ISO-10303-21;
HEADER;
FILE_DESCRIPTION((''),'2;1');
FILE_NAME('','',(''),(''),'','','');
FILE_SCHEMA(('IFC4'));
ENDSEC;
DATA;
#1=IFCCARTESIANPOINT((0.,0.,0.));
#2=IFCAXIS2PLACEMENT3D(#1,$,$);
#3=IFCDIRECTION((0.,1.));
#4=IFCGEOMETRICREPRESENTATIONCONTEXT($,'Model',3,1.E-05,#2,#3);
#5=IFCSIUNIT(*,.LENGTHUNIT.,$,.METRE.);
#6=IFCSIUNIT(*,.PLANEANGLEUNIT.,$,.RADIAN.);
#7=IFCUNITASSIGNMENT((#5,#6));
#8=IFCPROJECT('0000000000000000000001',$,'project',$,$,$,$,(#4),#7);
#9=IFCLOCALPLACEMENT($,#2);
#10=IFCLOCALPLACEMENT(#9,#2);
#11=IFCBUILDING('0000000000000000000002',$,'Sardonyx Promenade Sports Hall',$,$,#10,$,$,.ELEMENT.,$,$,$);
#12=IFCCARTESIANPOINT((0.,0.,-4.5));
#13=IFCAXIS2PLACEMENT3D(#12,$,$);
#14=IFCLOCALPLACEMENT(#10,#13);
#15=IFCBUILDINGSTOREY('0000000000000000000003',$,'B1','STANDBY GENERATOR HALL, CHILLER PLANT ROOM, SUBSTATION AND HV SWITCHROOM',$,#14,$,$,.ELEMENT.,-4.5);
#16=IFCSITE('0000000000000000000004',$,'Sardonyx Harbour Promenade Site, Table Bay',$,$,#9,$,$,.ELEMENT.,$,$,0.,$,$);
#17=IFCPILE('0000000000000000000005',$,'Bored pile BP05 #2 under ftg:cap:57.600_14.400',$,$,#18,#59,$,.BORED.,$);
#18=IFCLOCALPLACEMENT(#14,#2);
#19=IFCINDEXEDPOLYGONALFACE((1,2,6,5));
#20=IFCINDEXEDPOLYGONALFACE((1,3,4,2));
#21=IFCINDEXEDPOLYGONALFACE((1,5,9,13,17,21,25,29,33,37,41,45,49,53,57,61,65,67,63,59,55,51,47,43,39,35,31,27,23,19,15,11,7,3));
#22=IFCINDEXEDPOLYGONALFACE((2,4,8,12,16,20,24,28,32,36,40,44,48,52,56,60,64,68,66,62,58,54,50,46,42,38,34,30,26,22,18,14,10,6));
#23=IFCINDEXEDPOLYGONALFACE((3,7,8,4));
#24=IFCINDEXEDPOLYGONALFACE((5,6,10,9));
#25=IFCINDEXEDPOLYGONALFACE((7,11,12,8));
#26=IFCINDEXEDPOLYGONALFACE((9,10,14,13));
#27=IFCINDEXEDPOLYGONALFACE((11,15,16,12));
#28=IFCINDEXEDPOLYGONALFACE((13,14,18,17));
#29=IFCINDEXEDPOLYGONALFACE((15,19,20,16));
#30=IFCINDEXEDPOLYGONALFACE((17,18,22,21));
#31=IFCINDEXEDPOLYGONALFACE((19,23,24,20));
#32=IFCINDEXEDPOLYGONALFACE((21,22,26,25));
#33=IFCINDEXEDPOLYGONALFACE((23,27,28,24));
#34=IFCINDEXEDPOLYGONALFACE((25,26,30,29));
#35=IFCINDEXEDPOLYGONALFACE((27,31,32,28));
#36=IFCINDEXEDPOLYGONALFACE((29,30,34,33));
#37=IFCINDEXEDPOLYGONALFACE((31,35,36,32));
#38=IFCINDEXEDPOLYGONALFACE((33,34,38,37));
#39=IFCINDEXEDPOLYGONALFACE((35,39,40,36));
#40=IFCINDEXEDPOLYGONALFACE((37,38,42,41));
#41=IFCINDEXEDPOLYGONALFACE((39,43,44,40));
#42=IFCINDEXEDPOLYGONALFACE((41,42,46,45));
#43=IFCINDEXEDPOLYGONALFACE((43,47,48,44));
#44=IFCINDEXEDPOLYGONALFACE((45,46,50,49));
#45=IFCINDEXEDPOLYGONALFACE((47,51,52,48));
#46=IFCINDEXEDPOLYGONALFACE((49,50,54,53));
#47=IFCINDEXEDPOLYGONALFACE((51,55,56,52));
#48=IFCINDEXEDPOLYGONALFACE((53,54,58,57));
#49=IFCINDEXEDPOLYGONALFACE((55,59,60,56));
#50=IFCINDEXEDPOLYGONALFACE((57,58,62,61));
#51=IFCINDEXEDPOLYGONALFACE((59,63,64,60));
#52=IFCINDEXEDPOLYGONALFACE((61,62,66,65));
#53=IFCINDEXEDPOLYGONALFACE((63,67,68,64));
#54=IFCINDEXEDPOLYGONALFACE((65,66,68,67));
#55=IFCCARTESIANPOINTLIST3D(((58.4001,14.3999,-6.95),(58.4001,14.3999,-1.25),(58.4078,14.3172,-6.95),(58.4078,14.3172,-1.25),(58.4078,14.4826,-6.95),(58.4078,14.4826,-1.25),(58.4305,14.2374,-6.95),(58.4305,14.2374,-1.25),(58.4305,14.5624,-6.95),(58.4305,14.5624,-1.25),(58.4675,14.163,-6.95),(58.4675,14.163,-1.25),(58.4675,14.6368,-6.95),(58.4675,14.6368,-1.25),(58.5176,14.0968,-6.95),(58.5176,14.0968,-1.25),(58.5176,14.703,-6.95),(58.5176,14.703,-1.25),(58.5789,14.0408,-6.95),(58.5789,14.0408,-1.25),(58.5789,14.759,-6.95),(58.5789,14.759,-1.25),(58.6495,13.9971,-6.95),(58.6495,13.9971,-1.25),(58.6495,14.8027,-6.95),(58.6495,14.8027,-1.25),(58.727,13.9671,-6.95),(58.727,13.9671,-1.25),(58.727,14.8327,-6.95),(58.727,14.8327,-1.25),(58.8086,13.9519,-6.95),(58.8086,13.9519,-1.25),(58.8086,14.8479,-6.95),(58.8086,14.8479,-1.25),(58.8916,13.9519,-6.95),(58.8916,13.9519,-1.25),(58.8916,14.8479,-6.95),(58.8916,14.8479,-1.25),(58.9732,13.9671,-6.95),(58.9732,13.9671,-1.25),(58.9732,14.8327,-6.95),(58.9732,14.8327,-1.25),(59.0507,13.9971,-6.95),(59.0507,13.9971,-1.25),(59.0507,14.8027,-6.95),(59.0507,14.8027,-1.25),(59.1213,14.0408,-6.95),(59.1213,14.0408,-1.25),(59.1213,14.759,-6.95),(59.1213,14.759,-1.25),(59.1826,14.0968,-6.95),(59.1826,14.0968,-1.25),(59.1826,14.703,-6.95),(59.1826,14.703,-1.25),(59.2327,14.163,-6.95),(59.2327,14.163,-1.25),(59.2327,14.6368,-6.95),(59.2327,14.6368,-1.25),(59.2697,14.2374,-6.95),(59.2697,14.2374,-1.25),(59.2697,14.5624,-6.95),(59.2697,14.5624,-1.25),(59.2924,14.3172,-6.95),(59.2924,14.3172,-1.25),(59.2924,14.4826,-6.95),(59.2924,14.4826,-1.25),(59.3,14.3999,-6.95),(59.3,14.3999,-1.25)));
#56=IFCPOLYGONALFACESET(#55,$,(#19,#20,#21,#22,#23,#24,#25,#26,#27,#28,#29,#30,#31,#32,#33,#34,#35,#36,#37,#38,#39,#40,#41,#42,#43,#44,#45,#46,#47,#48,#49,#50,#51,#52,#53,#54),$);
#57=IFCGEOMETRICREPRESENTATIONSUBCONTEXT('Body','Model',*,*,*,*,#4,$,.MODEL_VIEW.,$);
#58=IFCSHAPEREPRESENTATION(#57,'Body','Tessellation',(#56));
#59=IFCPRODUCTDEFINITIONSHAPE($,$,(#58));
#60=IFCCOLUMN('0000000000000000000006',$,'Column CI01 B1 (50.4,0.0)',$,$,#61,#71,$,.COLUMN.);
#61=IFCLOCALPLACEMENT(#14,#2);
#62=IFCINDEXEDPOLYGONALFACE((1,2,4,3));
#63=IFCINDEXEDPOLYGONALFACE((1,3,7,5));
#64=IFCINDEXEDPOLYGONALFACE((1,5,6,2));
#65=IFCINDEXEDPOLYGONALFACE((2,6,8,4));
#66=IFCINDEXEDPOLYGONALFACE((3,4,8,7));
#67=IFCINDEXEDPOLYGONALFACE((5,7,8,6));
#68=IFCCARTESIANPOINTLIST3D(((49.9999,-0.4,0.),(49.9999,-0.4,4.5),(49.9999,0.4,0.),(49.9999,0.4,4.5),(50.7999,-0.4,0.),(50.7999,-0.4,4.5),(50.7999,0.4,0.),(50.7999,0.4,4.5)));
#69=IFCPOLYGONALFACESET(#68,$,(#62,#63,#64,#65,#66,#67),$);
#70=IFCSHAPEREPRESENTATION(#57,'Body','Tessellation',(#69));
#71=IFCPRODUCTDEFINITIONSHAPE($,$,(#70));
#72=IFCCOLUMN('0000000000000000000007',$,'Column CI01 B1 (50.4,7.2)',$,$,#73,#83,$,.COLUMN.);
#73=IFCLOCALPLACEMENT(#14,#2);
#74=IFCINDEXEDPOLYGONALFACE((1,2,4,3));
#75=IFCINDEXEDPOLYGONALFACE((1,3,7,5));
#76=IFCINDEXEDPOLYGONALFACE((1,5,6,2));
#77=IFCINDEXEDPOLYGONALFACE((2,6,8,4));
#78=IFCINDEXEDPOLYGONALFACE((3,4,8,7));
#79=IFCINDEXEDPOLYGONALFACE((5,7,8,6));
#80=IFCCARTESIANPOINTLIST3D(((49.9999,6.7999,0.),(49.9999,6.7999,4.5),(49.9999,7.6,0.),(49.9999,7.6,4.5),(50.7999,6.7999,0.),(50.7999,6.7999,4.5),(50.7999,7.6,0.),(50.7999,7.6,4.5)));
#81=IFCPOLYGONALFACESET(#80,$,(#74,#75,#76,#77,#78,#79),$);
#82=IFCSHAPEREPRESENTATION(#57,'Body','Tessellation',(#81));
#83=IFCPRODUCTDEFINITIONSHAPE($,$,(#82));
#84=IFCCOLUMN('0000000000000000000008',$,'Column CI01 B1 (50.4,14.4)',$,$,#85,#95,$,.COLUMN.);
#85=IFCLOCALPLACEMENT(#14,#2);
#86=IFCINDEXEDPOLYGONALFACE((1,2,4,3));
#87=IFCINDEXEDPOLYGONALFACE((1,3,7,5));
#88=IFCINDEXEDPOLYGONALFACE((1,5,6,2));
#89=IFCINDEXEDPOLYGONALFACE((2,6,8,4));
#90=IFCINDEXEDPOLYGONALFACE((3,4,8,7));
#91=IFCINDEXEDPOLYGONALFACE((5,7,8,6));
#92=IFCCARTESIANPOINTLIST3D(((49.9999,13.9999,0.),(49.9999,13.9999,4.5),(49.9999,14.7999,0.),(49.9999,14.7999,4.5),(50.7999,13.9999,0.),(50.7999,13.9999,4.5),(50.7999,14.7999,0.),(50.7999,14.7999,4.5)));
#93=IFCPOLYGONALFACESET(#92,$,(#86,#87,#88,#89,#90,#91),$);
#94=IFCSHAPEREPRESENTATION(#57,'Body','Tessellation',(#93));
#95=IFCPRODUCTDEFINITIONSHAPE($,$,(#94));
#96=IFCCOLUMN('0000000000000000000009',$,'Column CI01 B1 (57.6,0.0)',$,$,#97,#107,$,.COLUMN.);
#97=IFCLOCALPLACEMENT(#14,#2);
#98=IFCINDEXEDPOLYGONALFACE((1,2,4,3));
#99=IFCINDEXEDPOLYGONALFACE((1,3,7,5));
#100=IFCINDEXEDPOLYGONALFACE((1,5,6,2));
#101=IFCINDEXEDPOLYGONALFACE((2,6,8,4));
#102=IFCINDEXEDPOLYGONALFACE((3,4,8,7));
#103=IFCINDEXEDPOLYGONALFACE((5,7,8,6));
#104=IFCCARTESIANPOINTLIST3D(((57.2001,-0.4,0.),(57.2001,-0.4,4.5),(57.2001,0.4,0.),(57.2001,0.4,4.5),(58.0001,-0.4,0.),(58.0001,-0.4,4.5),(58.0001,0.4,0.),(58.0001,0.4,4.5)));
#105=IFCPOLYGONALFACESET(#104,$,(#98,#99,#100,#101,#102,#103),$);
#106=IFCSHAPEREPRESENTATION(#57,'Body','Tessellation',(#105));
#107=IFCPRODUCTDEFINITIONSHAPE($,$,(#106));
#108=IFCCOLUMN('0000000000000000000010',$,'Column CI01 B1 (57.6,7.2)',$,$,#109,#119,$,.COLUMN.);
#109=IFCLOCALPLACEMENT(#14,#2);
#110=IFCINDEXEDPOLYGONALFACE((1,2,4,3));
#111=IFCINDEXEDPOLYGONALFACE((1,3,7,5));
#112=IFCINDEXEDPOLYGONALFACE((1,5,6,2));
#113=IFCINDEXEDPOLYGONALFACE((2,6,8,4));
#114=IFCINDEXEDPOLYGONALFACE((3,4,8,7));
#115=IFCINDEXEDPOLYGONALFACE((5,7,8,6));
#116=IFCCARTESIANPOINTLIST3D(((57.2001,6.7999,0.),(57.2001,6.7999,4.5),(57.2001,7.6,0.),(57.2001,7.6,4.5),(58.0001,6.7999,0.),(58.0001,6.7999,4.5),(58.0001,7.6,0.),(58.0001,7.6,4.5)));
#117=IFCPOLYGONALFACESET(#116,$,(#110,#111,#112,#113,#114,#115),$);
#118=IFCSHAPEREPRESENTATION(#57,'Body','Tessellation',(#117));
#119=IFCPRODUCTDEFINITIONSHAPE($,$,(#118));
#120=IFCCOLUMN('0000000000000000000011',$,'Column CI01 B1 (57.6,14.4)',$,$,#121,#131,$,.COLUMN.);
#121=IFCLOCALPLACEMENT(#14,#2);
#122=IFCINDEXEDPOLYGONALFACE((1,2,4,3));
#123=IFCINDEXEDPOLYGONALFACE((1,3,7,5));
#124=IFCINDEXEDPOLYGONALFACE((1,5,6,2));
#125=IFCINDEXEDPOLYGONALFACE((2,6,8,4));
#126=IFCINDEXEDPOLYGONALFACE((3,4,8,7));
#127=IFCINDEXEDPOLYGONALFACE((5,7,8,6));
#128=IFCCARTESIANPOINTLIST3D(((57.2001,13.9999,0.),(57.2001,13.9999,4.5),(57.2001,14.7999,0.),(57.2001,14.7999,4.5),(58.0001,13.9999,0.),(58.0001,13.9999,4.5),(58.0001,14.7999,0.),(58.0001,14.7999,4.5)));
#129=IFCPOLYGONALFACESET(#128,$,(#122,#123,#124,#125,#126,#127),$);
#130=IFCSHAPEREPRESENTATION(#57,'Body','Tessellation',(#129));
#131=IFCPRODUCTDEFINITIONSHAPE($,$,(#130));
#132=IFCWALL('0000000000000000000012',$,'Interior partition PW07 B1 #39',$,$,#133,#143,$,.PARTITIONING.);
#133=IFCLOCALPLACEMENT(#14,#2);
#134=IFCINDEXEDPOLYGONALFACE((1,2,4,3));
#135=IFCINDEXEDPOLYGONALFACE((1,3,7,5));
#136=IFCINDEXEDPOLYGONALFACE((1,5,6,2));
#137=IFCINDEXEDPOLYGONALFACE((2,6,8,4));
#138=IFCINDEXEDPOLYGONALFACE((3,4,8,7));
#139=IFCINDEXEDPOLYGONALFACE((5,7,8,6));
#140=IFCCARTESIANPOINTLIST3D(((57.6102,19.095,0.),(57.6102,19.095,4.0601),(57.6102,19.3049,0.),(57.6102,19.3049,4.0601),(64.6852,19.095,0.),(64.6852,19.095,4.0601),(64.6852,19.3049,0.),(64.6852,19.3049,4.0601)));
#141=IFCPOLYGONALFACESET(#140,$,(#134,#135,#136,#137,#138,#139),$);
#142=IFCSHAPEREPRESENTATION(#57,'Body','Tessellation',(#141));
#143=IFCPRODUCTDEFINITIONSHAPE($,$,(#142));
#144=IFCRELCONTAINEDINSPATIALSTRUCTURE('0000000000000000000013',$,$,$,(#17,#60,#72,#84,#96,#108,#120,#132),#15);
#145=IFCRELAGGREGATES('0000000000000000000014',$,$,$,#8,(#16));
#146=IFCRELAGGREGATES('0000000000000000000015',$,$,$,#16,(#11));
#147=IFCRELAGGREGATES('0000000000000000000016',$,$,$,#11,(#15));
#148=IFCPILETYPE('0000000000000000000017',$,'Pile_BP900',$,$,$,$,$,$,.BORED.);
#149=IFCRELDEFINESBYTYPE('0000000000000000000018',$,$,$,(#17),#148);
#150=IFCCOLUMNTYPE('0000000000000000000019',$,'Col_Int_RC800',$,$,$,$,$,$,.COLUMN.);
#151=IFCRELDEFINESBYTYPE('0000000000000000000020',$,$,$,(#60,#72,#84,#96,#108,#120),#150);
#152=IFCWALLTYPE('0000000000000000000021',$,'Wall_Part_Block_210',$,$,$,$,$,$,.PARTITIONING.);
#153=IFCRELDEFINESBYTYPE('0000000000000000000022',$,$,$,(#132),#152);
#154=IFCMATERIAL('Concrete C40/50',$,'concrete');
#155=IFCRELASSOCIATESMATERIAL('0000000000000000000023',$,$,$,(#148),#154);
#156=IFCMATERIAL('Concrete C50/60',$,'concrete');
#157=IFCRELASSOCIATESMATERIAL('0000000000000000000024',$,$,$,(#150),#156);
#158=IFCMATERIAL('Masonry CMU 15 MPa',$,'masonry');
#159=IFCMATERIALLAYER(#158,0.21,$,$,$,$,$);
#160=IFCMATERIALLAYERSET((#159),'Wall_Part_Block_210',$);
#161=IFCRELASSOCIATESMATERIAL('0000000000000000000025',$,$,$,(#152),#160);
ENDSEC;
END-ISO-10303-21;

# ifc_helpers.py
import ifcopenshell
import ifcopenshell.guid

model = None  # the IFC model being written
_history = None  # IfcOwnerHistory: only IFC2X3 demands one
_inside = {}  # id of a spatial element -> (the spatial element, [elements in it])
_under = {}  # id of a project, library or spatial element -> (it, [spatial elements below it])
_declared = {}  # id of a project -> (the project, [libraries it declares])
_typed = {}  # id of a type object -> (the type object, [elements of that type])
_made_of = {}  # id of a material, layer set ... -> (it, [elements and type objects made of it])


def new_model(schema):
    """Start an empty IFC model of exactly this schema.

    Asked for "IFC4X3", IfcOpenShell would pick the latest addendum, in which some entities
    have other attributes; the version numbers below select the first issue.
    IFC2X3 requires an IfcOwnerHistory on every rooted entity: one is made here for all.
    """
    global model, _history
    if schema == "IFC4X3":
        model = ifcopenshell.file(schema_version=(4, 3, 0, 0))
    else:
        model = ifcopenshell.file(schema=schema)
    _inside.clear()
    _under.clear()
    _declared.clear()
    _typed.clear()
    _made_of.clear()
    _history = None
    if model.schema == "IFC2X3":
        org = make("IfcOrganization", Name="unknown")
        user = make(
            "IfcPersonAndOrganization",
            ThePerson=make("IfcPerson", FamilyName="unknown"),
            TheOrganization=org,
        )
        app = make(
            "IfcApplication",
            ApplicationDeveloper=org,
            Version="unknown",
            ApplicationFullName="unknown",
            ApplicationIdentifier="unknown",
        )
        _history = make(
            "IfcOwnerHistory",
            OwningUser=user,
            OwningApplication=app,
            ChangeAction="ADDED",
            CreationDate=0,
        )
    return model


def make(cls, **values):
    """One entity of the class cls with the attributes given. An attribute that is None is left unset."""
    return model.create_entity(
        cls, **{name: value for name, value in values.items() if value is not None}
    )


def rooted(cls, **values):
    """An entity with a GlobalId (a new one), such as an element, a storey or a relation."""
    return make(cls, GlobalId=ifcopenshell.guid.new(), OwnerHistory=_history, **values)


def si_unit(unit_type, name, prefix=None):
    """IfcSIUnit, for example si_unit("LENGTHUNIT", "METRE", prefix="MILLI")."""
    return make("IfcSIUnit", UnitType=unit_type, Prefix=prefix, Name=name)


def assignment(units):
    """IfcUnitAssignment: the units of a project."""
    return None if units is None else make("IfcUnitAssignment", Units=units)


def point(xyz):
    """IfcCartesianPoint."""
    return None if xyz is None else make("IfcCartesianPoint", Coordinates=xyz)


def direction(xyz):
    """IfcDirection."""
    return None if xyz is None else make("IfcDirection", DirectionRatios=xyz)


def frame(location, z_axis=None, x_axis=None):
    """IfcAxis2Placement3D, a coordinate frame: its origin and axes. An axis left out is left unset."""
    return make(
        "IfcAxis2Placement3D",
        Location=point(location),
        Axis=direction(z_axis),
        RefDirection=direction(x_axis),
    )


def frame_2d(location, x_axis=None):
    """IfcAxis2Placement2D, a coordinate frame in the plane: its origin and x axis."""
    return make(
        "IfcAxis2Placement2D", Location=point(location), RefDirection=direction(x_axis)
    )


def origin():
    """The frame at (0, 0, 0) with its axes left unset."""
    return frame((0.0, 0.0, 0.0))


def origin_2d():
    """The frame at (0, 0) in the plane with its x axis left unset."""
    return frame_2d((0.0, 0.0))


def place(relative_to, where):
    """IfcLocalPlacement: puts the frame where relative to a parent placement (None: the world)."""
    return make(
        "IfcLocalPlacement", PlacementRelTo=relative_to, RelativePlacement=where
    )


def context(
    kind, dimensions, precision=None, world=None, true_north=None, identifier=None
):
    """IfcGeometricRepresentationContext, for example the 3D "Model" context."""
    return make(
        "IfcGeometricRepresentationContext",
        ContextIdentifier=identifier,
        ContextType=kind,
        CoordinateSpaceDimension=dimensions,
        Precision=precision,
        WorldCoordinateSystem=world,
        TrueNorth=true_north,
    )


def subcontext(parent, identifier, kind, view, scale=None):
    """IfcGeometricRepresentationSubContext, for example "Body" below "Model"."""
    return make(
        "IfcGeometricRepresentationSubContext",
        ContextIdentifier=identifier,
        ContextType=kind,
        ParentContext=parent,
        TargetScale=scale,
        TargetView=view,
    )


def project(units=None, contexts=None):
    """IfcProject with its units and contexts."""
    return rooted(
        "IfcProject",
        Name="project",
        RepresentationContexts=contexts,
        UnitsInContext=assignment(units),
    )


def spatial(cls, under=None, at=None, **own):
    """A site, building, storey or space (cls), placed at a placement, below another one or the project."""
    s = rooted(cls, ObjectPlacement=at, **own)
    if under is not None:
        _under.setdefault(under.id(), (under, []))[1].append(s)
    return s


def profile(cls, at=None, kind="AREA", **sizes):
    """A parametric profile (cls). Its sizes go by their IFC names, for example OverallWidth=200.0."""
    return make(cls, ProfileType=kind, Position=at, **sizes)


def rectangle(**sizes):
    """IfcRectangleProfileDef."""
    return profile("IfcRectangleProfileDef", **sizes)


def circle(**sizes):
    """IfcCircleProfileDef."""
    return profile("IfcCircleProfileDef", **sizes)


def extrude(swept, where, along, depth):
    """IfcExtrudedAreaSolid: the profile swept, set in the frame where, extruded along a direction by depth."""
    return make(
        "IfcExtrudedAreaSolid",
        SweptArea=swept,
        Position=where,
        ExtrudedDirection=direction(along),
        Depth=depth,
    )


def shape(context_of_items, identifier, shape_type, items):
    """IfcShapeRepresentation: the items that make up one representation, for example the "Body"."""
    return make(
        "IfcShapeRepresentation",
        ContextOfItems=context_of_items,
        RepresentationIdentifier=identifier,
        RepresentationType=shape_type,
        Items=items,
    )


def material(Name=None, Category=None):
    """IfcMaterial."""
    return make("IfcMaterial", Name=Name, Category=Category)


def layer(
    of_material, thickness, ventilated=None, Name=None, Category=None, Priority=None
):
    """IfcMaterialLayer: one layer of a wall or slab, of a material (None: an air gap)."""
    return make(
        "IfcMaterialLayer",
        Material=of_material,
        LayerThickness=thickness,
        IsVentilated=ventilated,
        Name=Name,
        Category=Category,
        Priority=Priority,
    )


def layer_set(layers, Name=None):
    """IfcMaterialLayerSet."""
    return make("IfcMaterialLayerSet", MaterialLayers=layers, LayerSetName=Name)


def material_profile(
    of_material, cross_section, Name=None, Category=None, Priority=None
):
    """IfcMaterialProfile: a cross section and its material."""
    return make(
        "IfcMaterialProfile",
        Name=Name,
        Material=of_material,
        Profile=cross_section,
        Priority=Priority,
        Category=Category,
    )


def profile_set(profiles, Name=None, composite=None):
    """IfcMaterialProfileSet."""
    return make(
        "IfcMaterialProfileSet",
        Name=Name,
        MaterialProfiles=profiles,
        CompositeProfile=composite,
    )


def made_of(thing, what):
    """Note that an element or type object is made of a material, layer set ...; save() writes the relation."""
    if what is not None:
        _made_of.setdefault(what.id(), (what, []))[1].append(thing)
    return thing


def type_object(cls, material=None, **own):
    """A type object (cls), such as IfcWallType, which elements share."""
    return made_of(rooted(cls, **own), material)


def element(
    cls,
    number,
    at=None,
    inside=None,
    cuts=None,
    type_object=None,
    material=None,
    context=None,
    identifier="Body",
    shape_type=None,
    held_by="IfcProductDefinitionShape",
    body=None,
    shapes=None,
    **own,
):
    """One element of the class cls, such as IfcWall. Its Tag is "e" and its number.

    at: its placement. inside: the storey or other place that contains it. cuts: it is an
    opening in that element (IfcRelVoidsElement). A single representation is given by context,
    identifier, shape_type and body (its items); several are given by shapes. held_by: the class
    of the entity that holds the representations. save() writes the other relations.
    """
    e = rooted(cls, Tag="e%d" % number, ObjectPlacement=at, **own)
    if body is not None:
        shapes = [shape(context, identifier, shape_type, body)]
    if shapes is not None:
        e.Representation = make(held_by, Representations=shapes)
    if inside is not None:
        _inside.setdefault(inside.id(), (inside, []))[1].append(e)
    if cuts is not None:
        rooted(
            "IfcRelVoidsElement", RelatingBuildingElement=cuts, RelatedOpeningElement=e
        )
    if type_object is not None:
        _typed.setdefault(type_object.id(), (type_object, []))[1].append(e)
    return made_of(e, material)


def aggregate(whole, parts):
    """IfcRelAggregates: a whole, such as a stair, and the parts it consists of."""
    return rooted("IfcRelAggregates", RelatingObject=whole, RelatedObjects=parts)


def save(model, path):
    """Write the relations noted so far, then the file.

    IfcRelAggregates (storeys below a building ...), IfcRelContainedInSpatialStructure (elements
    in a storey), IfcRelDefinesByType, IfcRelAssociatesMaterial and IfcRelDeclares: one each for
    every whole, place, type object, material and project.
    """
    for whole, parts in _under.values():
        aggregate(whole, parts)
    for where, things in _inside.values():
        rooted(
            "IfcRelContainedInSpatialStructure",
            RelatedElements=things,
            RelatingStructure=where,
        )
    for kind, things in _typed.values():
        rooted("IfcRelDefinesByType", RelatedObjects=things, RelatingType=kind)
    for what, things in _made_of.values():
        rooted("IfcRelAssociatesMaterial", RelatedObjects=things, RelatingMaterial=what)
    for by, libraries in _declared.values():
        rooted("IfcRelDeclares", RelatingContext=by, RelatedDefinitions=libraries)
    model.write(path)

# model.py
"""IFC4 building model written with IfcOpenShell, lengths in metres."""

from ifc_helpers import new_model, si_unit, direction, frame, frame_2d, origin, origin_2d, place, context, subcontext, project, spatial, rectangle, circle, extrude, material, layer, layer_set, material_profile, profile_set, type_object, element, save


model = new_model("IFC4")

# Units and contexts
model_context = context("Model", 3, precision=1e-05, world=origin(), true_north=direction((0.0, 1.0)))
body_context = subcontext(model_context, "Body", "Model", "MODEL_VIEW")
ifc_project = project(units=[si_unit("LENGTHUNIT", "METRE"), si_unit("PLANEANGLEUNIT", "RADIAN")], contexts=[model_context])

# Site, building, storey
site_placement = place(None, origin())
site = spatial("IfcSite", under=ifc_project, at=site_placement, Name="Sardonyx Harbour Promenade Site, Table Bay", CompositionType="ELEMENT", RefElevation=0.0)
building_placement = place(site_placement, origin())
building = spatial("IfcBuilding", under=site, at=building_placement, Name="Sardonyx Promenade Sports Hall", CompositionType="ELEMENT")
storey_placement = place(building_placement, frame((0.0, 0.0, -4.5)))
storey = spatial("IfcBuildingStorey", under=building, at=storey_placement, Name="B1", Description="STANDBY GENERATOR HALL, CHILLER PLANT ROOM, SUBSTATION AND HV SWITCHROOM", CompositionType="ELEMENT", Elevation=-4.5)

# Pile
ifc_material_1 = material(Name="Concrete C40/50", Category="concrete")
ifc_material_profile_1 = material_profile(ifc_material_1, circle(Radius=0.45, at=origin_2d()))
ifc_profile_set_1 = profile_set([ifc_material_profile_1], Name="Concrete C40/50")
pile_type_1 = type_object("IfcPileType", Name="Pile_BP900", PredefinedType="BORED", material=ifc_profile_set_1)
for number, where, z_axis, x_axis, name in (
    (1, (58.8501, 14.3999, -1.25), (0.0, 0.0, -1.0), (1.0, 0.0, 0.0), "Bored pile BP05 #2 under ftg:cap:57.600_14.400"),
):
    element("IfcPile", number, at=place(storey_placement, frame(where, z_axis=z_axis, x_axis=x_axis)), inside=storey, type_object=pile_type_1, Name=name, PredefinedType="BORED", context=body_context, shape_type="SweptSolid", body=[
        extrude(circle(Radius=0.45, at=origin_2d()), origin(), (0.0, 0.0, 1.0), 5.7),
    ])

# Columns
ifc_material_2 = material(Name="Concrete C50/60", Category="concrete")
ifc_material_profile_2 = material_profile(ifc_material_2, rectangle(XDim=0.8, YDim=0.8, at=origin_2d()))
ifc_profile_set_2 = profile_set([ifc_material_profile_2], Name="Concrete C50/60")
column_type = type_object("IfcColumnType", Name="Col_Int_RC800", PredefinedType="COLUMN", material=ifc_profile_set_2)
for number, where, z_axis, x_axis, name in (
    (2, (50.3999, 0.0, 0.0), (0.0, 0.0, 1.0), (1.0, 0.0, 0.0), "Column CI01 B1 (50.4,0.0)"),
    (3, (50.3999, 7.2, 0.0), (0.0, 0.0, 1.0), (1.0, 0.0, 0.0), "Column CI01 B1 (50.4,7.2)"),
    (4, (50.3999, 14.3999, 0.0), (0.0, 0.0, 1.0), (1.0, 0.0, 0.0), "Column CI01 B1 (50.4,14.4)"),
    (5, (57.6001, 0.0, 0.0), (0.0, 0.0, 1.0), (1.0, 0.0, 0.0), "Column CI01 B1 (57.6,0.0)"),
    (6, (57.6001, 7.2, 0.0), (0.0, 0.0, 1.0), (1.0, 0.0, 0.0), "Column CI01 B1 (57.6,7.2)"),
    (7, (57.6001, 14.3999, 0.0), (0.0, 0.0, 1.0), (1.0, 0.0, 0.0), "Column CI01 B1 (57.6,14.4)"),
):
    element("IfcColumn", number, at=place(storey_placement, frame(where, z_axis=z_axis, x_axis=x_axis)), inside=storey, type_object=column_type, Name=name, PredefinedType="COLUMN", context=body_context, shape_type="SweptSolid", body=[
        extrude(rectangle(XDim=0.8, YDim=0.8, at=origin_2d()), origin(), (0.0, 0.0, 1.0), 4.5),
    ])

# Shared definitions
ifc_material_3 = material(Name="Masonry CMU 15 MPa", Category="masonry")
ifc_layer = layer(ifc_material_3, 0.21)
ifc_layer_set = layer_set([ifc_layer], Name="Wall_Part_Block_210")
wall_type = type_object("IfcWallType", Name="Wall_Part_Block_210", PredefinedType="PARTITIONING", material=ifc_layer_set)

# Wall
wall_1_placement = place(storey_placement, frame((57.6101, 19.2, 0.0), z_axis=(0.0, 0.0, 1.0), x_axis=(1.0, 0.0, 0.0)))
element("IfcWall", 8, at=wall_1_placement, inside=storey, type_object=wall_type, Name="Interior partition PW07 B1 #39", PredefinedType="PARTITIONING", context=body_context, shape_type="SweptSolid", body=[
    extrude(rectangle(XDim=7.075, YDim=0.21, at=frame_2d((3.5376, 0.0))), origin(), (0.0, 0.0, 1.0), 4.0601),
])

save(model, "model.ifc")
